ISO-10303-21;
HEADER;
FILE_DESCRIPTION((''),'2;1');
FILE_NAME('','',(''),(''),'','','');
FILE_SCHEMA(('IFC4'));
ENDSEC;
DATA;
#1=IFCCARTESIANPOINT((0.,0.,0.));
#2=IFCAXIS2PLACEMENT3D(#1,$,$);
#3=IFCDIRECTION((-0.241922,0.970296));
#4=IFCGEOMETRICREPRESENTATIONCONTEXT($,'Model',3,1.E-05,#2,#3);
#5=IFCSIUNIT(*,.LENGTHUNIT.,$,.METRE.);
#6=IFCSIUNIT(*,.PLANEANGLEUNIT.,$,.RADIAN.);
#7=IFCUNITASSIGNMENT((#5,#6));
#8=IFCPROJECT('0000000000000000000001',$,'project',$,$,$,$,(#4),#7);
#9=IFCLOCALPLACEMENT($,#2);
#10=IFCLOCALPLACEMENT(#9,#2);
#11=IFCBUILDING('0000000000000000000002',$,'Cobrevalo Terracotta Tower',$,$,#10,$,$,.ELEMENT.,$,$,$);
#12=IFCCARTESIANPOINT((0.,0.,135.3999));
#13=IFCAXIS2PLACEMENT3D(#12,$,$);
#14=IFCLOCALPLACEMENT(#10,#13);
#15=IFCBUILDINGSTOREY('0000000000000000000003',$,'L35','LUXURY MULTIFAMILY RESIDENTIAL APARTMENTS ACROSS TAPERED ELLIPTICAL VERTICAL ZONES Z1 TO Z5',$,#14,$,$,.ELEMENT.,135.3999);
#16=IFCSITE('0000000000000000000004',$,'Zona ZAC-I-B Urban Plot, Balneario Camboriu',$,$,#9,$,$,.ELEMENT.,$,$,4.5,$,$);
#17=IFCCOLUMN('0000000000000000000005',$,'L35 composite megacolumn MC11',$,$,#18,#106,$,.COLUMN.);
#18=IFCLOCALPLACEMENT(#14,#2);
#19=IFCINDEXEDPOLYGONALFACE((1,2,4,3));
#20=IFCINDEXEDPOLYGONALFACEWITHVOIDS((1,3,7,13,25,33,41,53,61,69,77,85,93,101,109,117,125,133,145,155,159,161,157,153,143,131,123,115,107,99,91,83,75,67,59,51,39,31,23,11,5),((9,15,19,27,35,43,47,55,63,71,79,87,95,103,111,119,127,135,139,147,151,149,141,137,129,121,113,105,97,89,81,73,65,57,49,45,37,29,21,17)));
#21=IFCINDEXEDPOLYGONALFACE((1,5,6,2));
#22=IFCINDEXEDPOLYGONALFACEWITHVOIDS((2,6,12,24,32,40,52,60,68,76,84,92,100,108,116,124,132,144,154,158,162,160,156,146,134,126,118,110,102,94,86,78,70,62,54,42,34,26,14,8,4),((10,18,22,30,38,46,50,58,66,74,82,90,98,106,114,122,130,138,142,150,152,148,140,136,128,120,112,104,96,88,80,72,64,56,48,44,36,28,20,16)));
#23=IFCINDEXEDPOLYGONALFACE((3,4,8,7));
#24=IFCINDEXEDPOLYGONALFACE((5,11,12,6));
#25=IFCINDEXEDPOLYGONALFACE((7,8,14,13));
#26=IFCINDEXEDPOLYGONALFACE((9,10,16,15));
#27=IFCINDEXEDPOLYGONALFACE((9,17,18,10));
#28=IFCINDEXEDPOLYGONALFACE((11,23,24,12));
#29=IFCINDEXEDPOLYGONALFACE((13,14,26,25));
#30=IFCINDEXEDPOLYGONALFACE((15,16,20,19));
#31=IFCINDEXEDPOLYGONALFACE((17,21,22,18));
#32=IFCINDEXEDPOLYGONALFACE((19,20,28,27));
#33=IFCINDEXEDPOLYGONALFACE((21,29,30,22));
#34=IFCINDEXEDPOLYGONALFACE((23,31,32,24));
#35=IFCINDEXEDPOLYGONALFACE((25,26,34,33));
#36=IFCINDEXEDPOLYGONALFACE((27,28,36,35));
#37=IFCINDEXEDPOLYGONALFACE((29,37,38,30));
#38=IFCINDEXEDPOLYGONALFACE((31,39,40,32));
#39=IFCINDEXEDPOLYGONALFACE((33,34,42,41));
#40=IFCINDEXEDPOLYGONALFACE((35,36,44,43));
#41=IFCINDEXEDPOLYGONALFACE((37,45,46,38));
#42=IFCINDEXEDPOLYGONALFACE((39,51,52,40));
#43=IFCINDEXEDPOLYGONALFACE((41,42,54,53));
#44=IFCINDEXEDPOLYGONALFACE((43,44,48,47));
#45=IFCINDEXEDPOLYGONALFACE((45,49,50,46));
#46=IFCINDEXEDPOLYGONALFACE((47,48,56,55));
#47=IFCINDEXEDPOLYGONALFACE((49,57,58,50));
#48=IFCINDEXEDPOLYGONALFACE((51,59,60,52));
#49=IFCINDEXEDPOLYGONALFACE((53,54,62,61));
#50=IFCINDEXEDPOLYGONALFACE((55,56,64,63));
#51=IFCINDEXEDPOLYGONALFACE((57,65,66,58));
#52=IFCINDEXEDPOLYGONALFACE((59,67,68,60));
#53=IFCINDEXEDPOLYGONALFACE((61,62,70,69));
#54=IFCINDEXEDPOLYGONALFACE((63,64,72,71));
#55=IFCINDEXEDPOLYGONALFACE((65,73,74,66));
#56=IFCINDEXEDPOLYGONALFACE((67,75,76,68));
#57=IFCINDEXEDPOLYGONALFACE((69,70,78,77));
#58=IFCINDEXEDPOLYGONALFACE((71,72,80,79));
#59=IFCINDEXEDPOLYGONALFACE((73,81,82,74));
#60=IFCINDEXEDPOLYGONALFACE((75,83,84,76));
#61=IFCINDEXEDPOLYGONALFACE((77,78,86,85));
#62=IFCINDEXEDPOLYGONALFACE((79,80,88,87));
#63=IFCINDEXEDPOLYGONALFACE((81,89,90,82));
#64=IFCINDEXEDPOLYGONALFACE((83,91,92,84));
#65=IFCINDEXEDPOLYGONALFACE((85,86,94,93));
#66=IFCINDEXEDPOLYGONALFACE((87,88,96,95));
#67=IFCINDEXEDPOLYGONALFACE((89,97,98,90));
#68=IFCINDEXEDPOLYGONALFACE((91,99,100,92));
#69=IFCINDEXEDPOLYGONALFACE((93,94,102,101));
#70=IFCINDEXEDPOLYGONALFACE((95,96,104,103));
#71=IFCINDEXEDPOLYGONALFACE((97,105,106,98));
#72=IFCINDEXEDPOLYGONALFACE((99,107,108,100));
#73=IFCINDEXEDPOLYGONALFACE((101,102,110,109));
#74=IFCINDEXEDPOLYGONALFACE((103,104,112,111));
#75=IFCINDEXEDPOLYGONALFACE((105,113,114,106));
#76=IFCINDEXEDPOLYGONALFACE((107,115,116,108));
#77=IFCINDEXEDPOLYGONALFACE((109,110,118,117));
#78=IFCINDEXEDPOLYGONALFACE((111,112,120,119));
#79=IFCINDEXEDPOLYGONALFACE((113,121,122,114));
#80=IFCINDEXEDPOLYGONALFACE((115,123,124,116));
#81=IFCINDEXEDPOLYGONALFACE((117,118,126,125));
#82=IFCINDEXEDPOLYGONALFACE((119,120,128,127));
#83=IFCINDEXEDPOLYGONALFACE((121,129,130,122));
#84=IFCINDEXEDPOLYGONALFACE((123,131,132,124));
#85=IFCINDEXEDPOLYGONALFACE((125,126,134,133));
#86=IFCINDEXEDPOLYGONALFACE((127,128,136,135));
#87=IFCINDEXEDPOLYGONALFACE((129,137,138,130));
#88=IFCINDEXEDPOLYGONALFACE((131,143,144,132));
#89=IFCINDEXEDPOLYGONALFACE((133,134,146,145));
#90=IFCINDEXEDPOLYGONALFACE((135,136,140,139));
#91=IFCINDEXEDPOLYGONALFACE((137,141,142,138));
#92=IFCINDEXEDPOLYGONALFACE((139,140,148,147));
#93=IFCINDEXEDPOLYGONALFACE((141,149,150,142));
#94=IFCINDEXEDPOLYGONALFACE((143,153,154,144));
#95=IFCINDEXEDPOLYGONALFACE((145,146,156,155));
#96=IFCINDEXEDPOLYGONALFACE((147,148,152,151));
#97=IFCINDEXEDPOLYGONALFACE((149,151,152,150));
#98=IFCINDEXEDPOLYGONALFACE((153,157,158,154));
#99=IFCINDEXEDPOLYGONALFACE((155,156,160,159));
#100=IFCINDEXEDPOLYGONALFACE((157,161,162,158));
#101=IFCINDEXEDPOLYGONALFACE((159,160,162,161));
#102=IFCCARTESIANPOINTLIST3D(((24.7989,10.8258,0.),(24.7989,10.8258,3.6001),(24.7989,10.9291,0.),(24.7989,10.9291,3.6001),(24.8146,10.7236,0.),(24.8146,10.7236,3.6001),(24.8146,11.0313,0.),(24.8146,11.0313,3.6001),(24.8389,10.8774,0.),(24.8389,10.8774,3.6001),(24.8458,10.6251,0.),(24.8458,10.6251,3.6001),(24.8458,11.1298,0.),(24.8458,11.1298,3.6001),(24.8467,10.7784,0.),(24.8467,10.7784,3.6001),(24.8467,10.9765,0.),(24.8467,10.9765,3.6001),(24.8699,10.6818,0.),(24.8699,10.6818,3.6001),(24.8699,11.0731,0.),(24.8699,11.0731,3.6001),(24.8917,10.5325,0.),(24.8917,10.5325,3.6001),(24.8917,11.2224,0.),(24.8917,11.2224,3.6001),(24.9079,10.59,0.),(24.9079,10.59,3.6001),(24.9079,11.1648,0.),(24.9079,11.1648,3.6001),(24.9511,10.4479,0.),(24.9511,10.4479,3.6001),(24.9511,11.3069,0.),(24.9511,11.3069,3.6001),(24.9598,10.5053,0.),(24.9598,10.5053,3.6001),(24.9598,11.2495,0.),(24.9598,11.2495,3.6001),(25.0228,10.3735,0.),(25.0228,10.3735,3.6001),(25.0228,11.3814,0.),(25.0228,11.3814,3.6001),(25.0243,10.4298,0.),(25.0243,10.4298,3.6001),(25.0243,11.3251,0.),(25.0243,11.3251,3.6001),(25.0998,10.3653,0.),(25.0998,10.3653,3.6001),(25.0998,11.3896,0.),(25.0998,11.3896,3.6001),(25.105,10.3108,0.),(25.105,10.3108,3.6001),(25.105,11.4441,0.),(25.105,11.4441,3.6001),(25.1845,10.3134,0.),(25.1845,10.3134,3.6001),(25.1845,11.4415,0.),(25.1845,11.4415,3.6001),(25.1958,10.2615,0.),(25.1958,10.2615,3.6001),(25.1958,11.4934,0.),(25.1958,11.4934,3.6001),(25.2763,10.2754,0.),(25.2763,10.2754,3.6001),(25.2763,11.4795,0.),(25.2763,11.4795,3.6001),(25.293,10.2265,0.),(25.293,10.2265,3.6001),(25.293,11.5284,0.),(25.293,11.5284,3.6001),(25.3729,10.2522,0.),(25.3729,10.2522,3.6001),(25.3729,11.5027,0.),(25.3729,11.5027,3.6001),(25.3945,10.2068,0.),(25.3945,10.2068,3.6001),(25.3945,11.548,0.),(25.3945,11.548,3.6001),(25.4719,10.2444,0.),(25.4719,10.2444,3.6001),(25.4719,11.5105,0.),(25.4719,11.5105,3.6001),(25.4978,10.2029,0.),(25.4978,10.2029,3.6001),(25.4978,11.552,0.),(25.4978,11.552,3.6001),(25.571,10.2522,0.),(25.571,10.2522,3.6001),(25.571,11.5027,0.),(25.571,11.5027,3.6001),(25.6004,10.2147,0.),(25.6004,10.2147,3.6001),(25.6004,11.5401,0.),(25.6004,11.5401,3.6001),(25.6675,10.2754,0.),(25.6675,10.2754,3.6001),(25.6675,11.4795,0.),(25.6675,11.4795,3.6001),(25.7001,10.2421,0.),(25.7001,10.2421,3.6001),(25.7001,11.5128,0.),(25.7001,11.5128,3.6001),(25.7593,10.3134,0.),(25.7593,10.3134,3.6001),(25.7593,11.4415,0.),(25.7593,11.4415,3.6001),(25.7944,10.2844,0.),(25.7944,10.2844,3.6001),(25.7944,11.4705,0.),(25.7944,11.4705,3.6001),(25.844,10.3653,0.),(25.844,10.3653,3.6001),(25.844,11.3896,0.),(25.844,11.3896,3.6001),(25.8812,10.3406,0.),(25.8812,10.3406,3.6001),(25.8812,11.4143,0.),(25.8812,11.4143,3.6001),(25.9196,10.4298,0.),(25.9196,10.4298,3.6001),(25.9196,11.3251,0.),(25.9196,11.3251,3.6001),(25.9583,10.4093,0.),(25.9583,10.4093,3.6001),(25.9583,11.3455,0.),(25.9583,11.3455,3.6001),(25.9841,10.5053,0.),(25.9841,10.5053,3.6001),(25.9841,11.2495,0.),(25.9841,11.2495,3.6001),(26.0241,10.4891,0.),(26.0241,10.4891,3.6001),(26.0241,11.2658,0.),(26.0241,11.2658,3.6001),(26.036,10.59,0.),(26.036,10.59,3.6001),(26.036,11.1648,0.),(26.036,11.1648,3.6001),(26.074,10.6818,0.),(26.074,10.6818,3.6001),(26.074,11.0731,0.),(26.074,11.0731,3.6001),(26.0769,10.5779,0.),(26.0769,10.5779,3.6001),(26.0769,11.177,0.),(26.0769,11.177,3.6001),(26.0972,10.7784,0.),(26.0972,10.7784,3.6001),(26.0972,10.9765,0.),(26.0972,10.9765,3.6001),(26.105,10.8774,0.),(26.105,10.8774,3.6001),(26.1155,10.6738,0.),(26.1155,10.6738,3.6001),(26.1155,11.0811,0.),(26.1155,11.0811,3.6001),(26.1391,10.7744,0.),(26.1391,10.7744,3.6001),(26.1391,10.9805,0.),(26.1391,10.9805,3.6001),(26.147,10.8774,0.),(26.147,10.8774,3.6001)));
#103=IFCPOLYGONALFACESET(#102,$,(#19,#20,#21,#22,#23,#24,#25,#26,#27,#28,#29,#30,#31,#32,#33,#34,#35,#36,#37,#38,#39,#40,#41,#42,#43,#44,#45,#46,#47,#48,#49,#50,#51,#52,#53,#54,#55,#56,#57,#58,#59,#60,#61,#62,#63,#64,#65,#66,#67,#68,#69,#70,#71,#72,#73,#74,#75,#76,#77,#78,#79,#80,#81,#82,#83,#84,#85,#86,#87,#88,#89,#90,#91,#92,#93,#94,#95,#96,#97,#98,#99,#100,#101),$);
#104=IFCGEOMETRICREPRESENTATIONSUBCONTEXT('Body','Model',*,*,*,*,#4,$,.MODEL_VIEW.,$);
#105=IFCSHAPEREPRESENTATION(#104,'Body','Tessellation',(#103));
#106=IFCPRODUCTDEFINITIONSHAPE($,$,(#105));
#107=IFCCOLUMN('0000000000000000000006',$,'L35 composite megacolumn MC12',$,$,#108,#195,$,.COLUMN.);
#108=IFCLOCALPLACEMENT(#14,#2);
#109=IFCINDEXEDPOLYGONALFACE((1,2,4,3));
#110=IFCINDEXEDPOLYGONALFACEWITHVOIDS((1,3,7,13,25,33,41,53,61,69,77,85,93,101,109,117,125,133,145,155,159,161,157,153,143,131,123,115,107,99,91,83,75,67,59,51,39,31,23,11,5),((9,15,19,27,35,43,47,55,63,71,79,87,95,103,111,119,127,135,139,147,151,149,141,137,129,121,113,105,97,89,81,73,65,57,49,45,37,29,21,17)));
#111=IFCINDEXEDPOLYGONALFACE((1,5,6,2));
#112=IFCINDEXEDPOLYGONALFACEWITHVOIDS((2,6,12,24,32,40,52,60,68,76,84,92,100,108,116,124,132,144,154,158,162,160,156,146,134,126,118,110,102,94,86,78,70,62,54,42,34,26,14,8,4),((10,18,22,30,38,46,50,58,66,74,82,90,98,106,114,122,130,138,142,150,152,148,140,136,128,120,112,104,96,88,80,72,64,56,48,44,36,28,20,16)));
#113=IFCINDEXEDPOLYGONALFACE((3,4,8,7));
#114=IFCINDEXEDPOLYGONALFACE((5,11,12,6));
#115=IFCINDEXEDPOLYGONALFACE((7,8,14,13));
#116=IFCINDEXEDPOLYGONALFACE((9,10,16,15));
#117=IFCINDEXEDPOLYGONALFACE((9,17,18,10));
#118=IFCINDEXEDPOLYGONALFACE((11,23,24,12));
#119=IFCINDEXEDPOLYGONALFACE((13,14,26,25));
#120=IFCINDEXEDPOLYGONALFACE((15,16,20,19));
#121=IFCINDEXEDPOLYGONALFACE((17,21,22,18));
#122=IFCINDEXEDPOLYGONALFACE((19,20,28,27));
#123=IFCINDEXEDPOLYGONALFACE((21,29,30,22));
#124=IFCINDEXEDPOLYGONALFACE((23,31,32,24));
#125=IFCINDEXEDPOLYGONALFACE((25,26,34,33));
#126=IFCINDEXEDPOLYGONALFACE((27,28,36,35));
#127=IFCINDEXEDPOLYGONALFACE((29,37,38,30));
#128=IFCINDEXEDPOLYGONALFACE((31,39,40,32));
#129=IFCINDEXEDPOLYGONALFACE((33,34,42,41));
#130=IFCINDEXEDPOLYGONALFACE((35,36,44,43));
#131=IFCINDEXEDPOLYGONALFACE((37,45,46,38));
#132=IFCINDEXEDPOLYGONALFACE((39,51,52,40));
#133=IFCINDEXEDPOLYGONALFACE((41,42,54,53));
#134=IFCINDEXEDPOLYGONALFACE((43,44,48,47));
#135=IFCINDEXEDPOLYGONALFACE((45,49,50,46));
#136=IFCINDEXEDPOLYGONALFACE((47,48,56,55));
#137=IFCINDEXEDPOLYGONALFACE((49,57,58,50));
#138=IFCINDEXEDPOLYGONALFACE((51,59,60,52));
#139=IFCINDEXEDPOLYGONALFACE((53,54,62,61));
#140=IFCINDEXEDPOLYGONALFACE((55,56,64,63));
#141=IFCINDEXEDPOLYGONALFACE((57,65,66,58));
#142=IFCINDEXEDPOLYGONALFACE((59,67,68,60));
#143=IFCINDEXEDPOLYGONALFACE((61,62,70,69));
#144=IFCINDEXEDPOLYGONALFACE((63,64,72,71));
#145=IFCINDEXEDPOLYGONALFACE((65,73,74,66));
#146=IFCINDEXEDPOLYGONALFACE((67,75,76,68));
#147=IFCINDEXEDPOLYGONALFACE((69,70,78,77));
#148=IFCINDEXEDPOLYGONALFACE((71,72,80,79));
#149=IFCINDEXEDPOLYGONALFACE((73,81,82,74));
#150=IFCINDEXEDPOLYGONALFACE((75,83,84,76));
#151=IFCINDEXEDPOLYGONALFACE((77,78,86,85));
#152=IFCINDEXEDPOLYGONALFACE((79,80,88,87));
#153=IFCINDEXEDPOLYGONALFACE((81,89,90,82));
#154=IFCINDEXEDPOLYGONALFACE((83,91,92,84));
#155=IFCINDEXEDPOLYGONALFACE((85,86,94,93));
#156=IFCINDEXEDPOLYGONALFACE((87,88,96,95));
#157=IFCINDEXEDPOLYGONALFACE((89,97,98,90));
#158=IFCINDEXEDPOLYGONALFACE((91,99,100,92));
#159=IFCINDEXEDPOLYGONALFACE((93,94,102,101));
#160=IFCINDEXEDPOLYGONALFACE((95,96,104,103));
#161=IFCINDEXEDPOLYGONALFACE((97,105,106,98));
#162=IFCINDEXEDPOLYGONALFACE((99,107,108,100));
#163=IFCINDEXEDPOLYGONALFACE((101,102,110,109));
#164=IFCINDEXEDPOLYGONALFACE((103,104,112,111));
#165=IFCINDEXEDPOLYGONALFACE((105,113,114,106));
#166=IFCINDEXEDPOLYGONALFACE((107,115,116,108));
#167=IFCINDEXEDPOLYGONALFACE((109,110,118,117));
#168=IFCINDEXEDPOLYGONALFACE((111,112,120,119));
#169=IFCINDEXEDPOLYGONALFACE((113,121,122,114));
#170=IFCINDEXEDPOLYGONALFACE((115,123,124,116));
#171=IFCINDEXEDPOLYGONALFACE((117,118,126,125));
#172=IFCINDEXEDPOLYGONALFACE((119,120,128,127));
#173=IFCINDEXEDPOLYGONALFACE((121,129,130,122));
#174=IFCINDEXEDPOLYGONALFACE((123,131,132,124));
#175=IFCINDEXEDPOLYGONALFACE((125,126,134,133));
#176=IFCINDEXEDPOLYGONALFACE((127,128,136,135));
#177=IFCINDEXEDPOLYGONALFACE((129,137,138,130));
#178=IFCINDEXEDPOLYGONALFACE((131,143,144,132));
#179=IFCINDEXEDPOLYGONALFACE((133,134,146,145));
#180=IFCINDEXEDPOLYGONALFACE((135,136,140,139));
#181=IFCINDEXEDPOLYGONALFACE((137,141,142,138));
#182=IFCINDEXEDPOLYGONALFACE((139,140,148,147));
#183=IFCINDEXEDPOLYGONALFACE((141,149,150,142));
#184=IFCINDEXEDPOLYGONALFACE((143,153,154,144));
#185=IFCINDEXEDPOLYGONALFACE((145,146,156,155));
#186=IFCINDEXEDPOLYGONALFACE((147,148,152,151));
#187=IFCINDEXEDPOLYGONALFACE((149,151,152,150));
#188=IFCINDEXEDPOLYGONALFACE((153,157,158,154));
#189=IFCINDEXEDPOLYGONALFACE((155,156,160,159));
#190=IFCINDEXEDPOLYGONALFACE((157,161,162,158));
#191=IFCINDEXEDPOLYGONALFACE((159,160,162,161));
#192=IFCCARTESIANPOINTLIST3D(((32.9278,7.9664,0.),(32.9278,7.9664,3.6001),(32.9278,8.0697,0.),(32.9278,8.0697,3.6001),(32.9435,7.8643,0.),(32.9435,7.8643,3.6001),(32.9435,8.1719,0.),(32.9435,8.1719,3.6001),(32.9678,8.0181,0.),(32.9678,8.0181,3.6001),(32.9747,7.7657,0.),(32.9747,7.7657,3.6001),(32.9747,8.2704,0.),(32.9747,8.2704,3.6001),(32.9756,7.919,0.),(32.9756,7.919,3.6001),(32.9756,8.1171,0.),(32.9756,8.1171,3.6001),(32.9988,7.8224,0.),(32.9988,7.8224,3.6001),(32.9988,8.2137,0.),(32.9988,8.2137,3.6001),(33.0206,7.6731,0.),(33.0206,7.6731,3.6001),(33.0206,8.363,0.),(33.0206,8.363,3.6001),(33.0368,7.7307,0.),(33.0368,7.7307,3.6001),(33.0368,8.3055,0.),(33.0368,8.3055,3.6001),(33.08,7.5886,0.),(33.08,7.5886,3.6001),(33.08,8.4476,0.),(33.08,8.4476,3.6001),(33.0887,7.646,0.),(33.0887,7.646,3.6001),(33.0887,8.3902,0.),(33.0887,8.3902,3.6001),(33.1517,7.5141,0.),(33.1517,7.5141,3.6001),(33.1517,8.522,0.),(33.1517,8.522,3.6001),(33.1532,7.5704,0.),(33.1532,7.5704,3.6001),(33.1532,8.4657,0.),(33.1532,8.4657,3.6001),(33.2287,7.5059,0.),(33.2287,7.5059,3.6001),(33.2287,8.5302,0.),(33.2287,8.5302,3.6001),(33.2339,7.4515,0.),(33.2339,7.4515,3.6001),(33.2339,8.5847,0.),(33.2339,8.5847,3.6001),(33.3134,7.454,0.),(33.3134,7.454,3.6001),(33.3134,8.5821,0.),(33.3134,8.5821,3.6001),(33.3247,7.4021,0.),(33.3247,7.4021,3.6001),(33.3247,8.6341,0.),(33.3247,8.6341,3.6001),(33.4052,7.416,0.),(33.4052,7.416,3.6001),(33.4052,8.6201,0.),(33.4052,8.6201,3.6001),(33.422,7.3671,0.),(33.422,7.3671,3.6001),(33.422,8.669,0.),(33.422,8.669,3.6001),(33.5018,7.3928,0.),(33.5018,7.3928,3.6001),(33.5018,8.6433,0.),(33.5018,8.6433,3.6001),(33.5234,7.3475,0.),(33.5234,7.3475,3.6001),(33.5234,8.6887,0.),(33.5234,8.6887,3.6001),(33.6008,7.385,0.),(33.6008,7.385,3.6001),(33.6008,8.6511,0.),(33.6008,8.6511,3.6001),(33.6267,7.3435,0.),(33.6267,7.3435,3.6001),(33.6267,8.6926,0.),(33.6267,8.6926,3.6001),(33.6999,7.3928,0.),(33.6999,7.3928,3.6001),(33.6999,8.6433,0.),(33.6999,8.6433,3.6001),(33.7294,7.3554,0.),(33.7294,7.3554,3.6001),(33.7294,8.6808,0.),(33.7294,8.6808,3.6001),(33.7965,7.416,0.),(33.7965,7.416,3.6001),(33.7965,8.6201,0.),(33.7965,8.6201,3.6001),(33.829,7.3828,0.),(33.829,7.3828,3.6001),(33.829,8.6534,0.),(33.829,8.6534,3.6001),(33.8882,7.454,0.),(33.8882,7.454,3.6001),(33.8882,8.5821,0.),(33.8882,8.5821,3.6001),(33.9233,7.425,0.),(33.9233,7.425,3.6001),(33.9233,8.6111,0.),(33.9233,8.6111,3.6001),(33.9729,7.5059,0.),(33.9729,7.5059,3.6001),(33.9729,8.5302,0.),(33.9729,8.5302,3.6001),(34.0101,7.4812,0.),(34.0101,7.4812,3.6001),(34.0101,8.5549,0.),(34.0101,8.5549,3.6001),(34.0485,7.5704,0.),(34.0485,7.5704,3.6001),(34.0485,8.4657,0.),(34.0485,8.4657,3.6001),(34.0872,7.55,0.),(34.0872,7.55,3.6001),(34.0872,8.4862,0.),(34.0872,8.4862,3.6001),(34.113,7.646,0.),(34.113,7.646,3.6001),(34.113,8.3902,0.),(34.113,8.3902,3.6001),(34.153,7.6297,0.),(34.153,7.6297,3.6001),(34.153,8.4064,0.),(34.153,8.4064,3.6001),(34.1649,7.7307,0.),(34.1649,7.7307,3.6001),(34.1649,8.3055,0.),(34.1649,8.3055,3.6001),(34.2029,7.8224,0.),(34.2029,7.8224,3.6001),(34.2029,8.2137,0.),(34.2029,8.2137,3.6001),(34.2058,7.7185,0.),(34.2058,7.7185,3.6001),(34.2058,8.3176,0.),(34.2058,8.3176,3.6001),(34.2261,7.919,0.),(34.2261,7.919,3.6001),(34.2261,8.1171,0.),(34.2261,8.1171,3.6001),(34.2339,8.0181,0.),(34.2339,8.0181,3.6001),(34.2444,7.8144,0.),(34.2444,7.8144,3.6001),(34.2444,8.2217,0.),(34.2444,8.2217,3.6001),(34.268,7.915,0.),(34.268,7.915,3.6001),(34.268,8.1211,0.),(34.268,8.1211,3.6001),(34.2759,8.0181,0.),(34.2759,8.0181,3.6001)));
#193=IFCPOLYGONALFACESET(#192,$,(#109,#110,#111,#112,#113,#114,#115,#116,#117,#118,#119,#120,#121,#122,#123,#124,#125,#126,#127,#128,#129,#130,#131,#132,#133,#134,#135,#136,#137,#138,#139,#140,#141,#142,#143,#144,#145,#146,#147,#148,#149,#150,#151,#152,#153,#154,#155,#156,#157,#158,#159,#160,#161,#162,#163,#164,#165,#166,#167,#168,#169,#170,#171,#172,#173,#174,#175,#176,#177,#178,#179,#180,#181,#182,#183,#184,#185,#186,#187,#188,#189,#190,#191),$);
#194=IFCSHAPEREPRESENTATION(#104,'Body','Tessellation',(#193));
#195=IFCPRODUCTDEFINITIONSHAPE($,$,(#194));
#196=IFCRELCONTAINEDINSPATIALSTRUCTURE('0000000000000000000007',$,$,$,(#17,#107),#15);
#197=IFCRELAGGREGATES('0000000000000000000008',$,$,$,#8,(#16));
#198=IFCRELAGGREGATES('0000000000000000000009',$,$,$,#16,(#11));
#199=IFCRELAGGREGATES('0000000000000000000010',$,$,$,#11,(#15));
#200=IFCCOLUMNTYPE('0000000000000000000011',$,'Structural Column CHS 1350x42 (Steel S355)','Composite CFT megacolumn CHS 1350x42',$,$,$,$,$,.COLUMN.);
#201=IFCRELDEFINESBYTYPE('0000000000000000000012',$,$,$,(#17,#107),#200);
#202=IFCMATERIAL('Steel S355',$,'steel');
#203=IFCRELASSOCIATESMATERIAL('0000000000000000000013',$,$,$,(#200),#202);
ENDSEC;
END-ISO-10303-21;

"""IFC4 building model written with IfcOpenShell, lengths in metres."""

from ifc_helpers import new_model, si_unit, direction, frame, origin, origin_2d, place, context, subcontext, project, spatial, hollow_circle, extrude, material, material_profile, profile_set, type_object, element, save


model = new_model("IFC4")

# Units and contexts
model_context = context("Model", 3, precision=1e-05, world=origin(), true_north=direction((-0.241922, 0.970296)))
body_context = subcontext(model_context, "Body", "Model", "MODEL_VIEW")
ifc_project = project(units=[si_unit("LENGTHUNIT", "METRE"), si_unit("PLANEANGLEUNIT", "RADIAN")], contexts=[model_context])

# Site, building, storey
site_placement = place(None, origin())
site = spatial("IfcSite", under=ifc_project, at=site_placement, Name="Zona ZAC-I-B Urban Plot, Balneario Camboriu", CompositionType="ELEMENT", RefElevation=4.5)
building_placement = place(site_placement, origin())
building = spatial("IfcBuilding", under=site, at=building_placement, Name="Cobrevalo Terracotta Tower", CompositionType="ELEMENT")
storey_placement = place(building_placement, frame((0.0, 0.0, 135.3999)))
storey = spatial("IfcBuildingStorey", under=building, at=storey_placement, Name="L35", Description="LUXURY MULTIFAMILY RESIDENTIAL APARTMENTS ACROSS TAPERED ELLIPTICAL VERTICAL ZONES Z1 TO Z5", CompositionType="ELEMENT", Elevation=135.3999)

# Columns
ifc_material_1 = material(Name="Steel S355", Category="steel")
ifc_material_profile_1 = material_profile(ifc_material_1, hollow_circle(Radius=0.675, WallThickness=0.042, at=origin_2d()), Name="CHS 1350x42")
ifc_profile_set_1 = profile_set([ifc_material_profile_1], Name="Steel S355")
column_type = type_object("IfcColumnType", Name="Structural Column CHS 1350x42 (Steel S355)", Description="Composite CFT megacolumn CHS 1350x42", PredefinedType="COLUMN", material=ifc_profile_set_1)
for number, where, z_axis, x_axis, name in (
    (1, (25.4719, 10.8774, 0.0), (0.0, 0.0, 1.0), (1.0, 0.0, 0.0), "L35 composite megacolumn MC11"),
    (2, (33.6008, 8.0181, 0.0), (0.0, 0.0, 1.0), (1.0, 0.0, 0.0), "L35 composite megacolumn MC12"),
):
    element("IfcColumn", number, at=place(storey_placement, frame(where, z_axis=z_axis, x_axis=x_axis)), inside=storey, type_object=column_type, Name=name, PredefinedType="COLUMN", context=body_context, shape_type="SweptSolid", body=[
        extrude(hollow_circle(Radius=0.675, WallThickness=0.042, at=origin_2d()), origin(), (0.0, 0.0, 1.0), 3.6001),
    ])

save(model, "model.ifc")
